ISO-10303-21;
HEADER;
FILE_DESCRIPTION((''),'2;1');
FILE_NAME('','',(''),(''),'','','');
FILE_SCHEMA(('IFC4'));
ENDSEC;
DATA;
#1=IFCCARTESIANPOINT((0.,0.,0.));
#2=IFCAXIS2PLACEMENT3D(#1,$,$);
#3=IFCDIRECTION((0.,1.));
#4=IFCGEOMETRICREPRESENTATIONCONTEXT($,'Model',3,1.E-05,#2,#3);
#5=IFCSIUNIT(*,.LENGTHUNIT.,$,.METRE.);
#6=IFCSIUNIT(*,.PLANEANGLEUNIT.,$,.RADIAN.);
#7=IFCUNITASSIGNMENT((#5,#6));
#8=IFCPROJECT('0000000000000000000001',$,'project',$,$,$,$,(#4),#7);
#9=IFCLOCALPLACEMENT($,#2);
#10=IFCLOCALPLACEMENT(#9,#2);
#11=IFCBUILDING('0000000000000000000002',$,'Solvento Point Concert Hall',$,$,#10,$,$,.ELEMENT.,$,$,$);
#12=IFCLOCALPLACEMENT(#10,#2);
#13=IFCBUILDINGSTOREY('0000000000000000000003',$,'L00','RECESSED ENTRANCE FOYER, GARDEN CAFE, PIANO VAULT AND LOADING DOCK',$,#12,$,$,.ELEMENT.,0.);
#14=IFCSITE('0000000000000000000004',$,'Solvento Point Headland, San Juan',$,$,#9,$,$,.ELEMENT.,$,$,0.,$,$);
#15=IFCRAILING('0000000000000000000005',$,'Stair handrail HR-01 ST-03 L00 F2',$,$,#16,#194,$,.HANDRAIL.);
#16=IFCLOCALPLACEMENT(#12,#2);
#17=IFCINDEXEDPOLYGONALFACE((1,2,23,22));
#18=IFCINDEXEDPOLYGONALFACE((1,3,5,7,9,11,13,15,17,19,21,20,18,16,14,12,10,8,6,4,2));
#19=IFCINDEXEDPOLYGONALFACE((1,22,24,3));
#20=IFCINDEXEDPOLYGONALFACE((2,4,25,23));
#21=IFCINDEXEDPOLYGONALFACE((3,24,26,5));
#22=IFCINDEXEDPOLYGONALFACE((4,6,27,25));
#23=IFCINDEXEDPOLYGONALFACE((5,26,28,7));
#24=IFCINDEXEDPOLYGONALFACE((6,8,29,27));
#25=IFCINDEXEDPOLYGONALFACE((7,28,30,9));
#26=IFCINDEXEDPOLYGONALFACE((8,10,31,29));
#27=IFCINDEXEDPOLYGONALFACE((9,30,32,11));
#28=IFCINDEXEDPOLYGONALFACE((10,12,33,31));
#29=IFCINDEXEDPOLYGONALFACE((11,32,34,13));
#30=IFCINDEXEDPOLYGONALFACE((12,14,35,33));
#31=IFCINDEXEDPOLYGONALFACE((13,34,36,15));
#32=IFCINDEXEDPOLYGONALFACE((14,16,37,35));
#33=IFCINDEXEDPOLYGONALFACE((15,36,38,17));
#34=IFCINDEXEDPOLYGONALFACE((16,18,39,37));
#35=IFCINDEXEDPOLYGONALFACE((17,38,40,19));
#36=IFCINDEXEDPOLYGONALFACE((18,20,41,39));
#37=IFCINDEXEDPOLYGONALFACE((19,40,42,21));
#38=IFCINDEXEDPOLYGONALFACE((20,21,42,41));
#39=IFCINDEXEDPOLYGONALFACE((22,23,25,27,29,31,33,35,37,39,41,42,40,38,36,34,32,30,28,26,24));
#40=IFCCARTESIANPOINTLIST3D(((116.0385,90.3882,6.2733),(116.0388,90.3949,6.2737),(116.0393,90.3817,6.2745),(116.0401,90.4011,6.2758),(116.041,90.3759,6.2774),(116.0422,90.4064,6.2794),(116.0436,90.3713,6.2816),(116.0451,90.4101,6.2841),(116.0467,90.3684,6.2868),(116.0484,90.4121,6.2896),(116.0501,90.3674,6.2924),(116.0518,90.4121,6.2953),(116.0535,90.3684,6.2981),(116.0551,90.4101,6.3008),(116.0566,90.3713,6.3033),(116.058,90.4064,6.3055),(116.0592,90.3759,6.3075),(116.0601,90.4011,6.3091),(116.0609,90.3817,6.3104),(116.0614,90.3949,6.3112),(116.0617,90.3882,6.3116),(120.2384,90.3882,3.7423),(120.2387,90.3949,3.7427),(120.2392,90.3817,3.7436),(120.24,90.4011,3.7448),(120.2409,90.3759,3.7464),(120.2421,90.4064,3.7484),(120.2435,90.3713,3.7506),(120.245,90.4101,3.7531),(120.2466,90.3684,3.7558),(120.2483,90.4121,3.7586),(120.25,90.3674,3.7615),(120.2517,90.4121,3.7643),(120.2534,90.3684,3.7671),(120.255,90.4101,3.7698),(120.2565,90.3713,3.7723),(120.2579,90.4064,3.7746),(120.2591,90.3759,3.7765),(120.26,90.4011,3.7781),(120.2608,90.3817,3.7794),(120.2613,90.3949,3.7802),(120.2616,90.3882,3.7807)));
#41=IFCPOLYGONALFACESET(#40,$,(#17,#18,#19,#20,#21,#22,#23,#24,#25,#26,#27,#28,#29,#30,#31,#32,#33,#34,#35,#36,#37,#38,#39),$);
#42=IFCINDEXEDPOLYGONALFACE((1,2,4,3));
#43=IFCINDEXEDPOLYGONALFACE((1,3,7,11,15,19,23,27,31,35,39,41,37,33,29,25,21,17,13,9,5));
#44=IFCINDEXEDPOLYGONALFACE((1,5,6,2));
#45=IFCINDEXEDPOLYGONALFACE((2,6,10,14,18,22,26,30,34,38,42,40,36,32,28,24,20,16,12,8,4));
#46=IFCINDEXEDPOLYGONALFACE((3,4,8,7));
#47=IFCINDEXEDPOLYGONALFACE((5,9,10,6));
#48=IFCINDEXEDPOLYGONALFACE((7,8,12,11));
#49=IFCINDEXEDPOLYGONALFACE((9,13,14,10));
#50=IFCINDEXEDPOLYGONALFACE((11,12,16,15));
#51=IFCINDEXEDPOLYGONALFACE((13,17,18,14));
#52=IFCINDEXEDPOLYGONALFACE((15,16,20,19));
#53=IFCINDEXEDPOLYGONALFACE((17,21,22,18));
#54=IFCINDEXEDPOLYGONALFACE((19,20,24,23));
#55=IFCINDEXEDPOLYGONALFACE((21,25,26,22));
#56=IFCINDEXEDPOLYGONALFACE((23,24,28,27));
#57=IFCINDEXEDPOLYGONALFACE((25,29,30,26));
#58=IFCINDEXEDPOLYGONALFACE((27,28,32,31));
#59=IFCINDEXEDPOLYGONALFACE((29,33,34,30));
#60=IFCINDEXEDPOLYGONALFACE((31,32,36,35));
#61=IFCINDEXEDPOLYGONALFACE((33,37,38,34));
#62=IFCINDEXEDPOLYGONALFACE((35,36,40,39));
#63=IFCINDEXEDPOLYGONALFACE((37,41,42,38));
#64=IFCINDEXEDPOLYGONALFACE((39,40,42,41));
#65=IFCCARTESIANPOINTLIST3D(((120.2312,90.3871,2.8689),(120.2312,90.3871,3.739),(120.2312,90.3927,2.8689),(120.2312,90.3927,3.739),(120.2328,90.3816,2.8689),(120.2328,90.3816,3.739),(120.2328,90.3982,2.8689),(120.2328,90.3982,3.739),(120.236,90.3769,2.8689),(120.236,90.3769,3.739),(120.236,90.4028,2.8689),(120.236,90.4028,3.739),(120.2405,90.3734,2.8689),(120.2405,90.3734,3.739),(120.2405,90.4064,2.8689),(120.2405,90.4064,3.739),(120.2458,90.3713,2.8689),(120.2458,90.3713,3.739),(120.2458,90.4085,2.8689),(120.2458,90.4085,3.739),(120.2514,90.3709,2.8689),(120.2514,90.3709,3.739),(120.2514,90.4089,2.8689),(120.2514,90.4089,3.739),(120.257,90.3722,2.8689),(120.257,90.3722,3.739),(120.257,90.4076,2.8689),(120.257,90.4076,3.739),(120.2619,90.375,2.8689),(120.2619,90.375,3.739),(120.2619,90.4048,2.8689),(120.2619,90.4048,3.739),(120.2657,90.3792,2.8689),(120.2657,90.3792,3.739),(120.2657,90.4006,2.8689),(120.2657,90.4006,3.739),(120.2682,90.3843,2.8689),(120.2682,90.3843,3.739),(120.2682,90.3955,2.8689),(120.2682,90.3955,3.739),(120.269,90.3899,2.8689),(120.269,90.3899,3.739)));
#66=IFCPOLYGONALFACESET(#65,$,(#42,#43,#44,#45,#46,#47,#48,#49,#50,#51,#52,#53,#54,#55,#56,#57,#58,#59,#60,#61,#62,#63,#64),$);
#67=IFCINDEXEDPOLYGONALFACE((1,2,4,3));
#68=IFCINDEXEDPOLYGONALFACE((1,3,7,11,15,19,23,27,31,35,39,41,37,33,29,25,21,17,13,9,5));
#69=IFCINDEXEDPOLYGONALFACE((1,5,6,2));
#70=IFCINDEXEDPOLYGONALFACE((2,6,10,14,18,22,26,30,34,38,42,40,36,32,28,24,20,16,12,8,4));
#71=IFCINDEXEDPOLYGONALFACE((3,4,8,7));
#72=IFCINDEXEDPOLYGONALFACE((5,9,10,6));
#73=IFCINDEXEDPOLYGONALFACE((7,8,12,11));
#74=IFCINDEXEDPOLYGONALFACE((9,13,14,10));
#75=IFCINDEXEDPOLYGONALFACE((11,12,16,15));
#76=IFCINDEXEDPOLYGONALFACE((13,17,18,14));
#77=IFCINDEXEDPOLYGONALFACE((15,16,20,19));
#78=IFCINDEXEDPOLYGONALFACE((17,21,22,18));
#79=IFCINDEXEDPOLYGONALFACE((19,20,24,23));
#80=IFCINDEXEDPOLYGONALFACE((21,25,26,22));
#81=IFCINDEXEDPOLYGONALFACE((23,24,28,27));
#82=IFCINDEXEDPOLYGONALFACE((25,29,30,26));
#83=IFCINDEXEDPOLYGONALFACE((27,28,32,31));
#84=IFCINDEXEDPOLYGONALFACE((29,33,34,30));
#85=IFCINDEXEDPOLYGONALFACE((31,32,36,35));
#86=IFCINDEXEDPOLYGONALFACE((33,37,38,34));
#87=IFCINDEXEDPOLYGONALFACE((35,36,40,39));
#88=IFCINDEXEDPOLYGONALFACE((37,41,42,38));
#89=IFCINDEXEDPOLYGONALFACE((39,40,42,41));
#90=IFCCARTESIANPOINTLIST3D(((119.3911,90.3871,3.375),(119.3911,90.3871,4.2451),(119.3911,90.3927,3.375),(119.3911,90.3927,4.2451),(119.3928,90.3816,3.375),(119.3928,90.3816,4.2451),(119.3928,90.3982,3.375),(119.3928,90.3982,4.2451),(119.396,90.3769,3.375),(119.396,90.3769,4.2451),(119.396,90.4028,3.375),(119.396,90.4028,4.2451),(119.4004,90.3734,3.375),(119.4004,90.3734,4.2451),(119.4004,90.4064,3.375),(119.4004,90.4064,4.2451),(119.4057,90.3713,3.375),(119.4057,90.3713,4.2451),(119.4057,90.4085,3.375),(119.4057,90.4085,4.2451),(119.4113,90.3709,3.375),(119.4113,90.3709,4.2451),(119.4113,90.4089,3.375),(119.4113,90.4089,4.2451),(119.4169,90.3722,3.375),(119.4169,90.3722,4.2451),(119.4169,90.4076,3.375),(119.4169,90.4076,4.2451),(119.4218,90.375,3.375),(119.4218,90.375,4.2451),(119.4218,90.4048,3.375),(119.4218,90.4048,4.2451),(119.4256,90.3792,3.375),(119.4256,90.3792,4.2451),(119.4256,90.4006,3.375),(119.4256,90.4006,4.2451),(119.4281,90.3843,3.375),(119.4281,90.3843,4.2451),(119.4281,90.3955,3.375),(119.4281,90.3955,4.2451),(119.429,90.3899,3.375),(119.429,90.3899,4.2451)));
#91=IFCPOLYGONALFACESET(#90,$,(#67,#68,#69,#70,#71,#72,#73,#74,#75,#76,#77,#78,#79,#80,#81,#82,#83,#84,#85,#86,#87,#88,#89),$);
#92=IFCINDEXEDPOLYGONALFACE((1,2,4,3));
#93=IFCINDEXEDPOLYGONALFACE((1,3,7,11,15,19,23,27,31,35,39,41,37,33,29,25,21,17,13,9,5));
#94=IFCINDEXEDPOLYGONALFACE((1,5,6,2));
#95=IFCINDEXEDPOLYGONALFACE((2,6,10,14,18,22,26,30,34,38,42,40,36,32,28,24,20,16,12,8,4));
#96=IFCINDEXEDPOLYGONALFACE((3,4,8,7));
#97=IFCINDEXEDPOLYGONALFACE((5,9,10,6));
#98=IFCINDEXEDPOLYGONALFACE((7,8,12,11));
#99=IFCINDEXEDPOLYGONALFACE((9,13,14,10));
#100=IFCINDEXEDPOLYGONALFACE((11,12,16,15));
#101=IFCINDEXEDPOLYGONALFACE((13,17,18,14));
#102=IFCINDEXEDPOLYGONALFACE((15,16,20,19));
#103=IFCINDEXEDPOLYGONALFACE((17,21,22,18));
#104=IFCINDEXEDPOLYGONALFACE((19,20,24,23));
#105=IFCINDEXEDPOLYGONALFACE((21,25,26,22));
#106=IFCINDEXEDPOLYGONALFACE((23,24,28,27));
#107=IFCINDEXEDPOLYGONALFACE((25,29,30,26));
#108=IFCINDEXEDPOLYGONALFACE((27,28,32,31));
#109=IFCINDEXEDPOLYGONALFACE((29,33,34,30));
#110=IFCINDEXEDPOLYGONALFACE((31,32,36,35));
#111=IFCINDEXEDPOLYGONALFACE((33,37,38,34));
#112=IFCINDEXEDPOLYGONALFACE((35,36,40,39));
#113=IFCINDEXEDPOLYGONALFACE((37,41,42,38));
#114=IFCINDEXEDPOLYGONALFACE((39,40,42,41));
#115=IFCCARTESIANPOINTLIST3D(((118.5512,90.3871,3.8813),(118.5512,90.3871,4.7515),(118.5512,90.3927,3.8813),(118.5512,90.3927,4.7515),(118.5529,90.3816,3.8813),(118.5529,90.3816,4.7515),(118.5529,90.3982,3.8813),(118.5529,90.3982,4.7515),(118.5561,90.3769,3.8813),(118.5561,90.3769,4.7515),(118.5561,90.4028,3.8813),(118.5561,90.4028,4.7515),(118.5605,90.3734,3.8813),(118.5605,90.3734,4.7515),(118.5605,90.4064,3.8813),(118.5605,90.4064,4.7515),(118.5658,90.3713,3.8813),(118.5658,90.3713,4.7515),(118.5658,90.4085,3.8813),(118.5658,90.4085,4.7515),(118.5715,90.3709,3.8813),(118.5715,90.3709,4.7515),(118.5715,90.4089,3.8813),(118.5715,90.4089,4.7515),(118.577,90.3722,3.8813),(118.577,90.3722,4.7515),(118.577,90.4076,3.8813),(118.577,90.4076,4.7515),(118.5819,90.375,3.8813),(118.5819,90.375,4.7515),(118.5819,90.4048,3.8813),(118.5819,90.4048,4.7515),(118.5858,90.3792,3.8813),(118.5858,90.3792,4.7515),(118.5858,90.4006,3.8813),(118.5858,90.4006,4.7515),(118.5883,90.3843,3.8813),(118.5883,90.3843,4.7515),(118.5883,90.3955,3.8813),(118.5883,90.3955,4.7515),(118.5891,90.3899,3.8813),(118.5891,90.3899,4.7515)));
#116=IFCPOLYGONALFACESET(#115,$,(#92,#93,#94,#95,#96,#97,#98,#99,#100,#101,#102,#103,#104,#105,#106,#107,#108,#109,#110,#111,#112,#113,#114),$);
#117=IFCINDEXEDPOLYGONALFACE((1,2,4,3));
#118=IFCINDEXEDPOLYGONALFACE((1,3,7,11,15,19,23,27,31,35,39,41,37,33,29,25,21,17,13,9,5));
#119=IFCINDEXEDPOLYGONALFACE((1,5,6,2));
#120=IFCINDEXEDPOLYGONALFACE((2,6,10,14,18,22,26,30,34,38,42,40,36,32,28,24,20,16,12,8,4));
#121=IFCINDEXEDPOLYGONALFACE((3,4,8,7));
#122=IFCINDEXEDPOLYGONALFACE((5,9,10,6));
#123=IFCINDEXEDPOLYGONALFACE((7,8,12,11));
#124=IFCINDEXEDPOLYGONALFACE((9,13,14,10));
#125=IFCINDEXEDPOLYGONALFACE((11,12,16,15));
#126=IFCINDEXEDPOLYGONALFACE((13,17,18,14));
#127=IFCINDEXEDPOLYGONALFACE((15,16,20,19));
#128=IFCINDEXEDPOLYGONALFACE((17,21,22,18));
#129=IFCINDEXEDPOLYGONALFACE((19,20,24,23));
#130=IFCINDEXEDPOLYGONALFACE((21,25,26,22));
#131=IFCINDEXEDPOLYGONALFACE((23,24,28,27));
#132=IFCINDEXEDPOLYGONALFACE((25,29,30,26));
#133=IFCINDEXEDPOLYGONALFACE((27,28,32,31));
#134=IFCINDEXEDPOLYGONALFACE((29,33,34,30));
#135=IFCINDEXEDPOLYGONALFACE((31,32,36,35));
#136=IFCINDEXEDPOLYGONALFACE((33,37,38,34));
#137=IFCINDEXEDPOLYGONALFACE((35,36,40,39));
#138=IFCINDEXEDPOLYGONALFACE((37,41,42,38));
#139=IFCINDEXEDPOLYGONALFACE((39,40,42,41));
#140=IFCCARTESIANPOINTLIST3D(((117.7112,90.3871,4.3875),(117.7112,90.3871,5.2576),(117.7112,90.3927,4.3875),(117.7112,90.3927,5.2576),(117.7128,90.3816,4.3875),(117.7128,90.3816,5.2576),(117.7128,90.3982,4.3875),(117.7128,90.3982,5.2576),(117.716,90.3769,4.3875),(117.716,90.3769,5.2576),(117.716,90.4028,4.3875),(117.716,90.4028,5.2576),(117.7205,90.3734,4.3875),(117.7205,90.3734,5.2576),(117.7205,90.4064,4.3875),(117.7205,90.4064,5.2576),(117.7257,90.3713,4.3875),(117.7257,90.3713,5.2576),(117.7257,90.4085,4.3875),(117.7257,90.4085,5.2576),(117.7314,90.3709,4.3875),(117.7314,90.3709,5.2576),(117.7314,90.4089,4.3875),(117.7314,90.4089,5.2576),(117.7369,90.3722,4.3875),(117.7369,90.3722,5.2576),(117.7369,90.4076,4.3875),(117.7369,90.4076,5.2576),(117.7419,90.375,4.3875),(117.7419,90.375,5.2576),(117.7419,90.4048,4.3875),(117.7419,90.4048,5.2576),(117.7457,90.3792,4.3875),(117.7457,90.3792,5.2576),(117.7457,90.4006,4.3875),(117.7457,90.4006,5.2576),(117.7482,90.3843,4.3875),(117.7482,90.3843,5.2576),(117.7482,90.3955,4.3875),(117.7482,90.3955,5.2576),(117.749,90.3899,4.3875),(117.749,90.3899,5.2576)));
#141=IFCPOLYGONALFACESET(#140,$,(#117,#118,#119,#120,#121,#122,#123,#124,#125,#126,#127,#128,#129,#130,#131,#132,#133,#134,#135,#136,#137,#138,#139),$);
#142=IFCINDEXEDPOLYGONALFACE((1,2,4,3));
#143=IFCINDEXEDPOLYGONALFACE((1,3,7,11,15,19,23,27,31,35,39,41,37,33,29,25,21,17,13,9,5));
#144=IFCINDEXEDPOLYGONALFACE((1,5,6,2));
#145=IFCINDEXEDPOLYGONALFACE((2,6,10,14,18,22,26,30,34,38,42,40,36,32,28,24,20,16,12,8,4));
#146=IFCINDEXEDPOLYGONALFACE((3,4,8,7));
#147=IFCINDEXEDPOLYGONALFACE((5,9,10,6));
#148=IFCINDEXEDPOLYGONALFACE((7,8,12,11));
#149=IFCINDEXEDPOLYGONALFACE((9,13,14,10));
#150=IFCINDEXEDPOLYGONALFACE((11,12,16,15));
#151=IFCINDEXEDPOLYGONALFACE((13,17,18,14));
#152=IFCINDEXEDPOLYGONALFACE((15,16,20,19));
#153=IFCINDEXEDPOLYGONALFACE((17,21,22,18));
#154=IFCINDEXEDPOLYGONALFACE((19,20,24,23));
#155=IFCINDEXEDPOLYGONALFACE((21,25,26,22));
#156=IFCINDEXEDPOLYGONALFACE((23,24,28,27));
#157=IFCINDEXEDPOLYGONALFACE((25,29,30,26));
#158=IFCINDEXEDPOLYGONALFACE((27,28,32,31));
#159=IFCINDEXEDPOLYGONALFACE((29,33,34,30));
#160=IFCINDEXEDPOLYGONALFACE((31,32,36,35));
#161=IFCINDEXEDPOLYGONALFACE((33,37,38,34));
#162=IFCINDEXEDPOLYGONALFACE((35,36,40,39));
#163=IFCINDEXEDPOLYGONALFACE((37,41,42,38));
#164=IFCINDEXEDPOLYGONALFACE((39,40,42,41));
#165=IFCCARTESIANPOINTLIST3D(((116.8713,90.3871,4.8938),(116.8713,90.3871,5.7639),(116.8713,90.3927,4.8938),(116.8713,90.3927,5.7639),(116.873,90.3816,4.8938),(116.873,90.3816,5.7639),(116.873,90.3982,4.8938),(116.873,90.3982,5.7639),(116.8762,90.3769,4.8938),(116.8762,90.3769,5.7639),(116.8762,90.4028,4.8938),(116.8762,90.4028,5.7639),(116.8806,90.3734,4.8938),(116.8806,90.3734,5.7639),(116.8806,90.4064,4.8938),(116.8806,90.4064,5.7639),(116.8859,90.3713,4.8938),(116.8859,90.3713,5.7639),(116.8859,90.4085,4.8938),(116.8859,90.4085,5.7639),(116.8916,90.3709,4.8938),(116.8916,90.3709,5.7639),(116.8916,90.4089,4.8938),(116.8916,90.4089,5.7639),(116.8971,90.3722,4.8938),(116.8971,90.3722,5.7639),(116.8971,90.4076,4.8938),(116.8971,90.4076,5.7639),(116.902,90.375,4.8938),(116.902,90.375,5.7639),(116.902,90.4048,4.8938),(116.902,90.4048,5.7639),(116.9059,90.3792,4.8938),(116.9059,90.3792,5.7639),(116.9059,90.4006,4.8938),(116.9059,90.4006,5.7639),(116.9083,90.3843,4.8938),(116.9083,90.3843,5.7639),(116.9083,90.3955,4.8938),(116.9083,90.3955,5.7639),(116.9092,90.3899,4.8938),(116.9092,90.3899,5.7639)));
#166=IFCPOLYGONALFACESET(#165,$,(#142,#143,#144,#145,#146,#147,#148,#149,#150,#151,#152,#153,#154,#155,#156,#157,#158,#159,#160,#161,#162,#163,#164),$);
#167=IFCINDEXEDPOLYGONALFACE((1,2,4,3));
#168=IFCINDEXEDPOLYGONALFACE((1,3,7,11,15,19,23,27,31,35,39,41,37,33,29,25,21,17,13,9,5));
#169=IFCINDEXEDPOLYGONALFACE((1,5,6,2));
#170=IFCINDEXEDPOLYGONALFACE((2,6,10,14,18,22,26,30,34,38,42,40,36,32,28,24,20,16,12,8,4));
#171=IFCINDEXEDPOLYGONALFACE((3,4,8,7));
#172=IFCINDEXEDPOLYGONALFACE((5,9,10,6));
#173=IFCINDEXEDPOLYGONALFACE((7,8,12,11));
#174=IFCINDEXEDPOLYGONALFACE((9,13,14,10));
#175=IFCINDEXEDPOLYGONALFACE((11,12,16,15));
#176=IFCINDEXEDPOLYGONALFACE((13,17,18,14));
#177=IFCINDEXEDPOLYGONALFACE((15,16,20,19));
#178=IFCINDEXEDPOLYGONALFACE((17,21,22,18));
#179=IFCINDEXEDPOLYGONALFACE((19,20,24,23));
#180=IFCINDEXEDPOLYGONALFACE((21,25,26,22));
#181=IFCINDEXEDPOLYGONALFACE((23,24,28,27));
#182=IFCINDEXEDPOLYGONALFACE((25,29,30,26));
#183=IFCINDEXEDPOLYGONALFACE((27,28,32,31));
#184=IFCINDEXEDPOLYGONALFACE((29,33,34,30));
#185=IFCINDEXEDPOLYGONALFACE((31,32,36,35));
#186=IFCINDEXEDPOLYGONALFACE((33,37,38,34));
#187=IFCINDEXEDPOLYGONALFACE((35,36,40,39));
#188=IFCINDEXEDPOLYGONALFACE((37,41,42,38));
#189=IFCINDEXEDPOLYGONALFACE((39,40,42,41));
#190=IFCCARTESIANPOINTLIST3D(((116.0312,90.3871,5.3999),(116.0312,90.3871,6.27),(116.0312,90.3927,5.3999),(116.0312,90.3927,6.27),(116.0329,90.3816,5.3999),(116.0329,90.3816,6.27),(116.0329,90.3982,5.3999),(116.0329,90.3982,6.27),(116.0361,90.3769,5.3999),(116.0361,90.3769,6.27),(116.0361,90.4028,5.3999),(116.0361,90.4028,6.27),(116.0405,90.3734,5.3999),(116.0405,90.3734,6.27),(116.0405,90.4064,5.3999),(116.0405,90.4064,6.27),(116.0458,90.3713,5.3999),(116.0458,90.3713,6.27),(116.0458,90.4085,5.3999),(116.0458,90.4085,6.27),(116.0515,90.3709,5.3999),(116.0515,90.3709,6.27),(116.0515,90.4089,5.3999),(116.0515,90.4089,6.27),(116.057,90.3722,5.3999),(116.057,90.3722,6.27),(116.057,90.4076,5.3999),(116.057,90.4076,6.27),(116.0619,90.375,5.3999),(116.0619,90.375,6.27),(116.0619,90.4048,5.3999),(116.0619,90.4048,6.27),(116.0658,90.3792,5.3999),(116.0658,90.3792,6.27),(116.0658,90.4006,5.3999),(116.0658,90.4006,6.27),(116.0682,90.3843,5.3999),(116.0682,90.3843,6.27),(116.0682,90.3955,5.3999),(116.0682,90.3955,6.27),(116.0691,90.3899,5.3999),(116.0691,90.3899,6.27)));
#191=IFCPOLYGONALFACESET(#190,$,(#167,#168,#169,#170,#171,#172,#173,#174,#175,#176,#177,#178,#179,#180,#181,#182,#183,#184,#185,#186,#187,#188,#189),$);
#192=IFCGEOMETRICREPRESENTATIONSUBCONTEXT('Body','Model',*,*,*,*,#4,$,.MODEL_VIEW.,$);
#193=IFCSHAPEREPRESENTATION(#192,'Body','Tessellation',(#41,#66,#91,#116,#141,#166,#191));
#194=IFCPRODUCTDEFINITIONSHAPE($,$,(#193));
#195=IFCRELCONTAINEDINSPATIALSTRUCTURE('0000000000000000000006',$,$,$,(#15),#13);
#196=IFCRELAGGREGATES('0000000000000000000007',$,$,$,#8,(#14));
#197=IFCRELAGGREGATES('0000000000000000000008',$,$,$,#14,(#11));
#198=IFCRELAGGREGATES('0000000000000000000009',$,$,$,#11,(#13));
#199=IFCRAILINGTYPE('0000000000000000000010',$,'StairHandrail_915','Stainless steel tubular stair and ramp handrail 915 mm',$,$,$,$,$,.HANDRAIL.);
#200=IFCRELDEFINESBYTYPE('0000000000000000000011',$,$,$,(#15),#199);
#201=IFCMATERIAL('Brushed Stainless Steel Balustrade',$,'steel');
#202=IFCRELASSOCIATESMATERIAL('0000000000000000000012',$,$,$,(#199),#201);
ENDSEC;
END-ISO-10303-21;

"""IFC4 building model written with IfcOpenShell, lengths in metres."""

from ifc_helpers import new_model, si_unit, direction, frame, origin, origin_2d, place, context, subcontext, project, spatial, circle, extrude, material, type_object, element, save


model = new_model("IFC4")

# Units and contexts
model_context = context("Model", 3, precision=1e-05, world=origin(), true_north=direction((0.0, 1.0)))
body_context = subcontext(model_context, "Body", "Model", "MODEL_VIEW")
ifc_project = project(units=[si_unit("LENGTHUNIT", "METRE"), si_unit("PLANEANGLEUNIT", "RADIAN")], contexts=[model_context])

# Site, building, storey
site_placement = place(None, origin())
site = spatial("IfcSite", under=ifc_project, at=site_placement, Name="Solvento Point Headland, San Juan", CompositionType="ELEMENT", RefElevation=0.0)
building_placement = place(site_placement, origin())
building = spatial("IfcBuilding", under=site, at=building_placement, Name="Solvento Point Concert Hall", CompositionType="ELEMENT")
storey_placement = place(building_placement, origin())
storey = spatial("IfcBuildingStorey", under=building, at=storey_placement, Name="L00", Description="RECESSED ENTRANCE FOYER, GARDEN CAFE, PIANO VAULT AND LOADING DOCK", CompositionType="ELEMENT", Elevation=0.0)

# Railing
ifc_material_1 = material(Name="Brushed Stainless Steel Balustrade", Category="steel")
railing_type_1 = type_object("IfcRailingType", Name="StairHandrail_915", Description="Stainless steel tubular stair and ramp handrail 915 mm", PredefinedType="HANDRAIL", material=ifc_material_1)
railing_1_placement = place(storey_placement, frame((120.25, 90.3899, 2.8689)))
element("IfcRailing", 1, at=railing_1_placement, inside=storey, type_object=railing_type_1, Name="Stair handrail HR-01 ST-03 L00 F2", PredefinedType="HANDRAIL", context=body_context, shape_type="SweptSolid", body=[
    extrude(circle(Radius=0.0225, at=origin_2d()), frame((0.0, 0.0, 0.8926), z_axis=(-0.856499, 0.0, 0.51615), x_axis=(0.0, -1.0, 0.0)), (0.0, 0.0, 1.0), 4.9036),
    extrude(circle(Radius=0.019, at=origin_2d()), origin(), (0.0, 0.0, 1.0), 0.8701),
    extrude(circle(Radius=0.019, at=origin_2d()), frame((-0.8401, 0.0, 0.5061)), (0.0, 0.0, 1.0), 0.8701),
    extrude(circle(Radius=0.019, at=origin_2d()), frame((-1.6799, 0.0, 1.0125)), (0.0, 0.0, 1.0), 0.8701),
    extrude(circle(Radius=0.019, at=origin_2d()), frame((-2.52, 0.0, 1.5186)), (0.0, 0.0, 1.0), 0.8701),
    extrude(circle(Radius=0.019, at=origin_2d()), frame((-3.3599, 0.0, 2.0249)), (0.0, 0.0, 1.0), 0.8701),
    extrude(circle(Radius=0.019, at=origin_2d()), frame((-4.2, 0.0, 2.531)), (0.0, 0.0, 1.0), 0.8701),
])

save(model, "model.ifc")
